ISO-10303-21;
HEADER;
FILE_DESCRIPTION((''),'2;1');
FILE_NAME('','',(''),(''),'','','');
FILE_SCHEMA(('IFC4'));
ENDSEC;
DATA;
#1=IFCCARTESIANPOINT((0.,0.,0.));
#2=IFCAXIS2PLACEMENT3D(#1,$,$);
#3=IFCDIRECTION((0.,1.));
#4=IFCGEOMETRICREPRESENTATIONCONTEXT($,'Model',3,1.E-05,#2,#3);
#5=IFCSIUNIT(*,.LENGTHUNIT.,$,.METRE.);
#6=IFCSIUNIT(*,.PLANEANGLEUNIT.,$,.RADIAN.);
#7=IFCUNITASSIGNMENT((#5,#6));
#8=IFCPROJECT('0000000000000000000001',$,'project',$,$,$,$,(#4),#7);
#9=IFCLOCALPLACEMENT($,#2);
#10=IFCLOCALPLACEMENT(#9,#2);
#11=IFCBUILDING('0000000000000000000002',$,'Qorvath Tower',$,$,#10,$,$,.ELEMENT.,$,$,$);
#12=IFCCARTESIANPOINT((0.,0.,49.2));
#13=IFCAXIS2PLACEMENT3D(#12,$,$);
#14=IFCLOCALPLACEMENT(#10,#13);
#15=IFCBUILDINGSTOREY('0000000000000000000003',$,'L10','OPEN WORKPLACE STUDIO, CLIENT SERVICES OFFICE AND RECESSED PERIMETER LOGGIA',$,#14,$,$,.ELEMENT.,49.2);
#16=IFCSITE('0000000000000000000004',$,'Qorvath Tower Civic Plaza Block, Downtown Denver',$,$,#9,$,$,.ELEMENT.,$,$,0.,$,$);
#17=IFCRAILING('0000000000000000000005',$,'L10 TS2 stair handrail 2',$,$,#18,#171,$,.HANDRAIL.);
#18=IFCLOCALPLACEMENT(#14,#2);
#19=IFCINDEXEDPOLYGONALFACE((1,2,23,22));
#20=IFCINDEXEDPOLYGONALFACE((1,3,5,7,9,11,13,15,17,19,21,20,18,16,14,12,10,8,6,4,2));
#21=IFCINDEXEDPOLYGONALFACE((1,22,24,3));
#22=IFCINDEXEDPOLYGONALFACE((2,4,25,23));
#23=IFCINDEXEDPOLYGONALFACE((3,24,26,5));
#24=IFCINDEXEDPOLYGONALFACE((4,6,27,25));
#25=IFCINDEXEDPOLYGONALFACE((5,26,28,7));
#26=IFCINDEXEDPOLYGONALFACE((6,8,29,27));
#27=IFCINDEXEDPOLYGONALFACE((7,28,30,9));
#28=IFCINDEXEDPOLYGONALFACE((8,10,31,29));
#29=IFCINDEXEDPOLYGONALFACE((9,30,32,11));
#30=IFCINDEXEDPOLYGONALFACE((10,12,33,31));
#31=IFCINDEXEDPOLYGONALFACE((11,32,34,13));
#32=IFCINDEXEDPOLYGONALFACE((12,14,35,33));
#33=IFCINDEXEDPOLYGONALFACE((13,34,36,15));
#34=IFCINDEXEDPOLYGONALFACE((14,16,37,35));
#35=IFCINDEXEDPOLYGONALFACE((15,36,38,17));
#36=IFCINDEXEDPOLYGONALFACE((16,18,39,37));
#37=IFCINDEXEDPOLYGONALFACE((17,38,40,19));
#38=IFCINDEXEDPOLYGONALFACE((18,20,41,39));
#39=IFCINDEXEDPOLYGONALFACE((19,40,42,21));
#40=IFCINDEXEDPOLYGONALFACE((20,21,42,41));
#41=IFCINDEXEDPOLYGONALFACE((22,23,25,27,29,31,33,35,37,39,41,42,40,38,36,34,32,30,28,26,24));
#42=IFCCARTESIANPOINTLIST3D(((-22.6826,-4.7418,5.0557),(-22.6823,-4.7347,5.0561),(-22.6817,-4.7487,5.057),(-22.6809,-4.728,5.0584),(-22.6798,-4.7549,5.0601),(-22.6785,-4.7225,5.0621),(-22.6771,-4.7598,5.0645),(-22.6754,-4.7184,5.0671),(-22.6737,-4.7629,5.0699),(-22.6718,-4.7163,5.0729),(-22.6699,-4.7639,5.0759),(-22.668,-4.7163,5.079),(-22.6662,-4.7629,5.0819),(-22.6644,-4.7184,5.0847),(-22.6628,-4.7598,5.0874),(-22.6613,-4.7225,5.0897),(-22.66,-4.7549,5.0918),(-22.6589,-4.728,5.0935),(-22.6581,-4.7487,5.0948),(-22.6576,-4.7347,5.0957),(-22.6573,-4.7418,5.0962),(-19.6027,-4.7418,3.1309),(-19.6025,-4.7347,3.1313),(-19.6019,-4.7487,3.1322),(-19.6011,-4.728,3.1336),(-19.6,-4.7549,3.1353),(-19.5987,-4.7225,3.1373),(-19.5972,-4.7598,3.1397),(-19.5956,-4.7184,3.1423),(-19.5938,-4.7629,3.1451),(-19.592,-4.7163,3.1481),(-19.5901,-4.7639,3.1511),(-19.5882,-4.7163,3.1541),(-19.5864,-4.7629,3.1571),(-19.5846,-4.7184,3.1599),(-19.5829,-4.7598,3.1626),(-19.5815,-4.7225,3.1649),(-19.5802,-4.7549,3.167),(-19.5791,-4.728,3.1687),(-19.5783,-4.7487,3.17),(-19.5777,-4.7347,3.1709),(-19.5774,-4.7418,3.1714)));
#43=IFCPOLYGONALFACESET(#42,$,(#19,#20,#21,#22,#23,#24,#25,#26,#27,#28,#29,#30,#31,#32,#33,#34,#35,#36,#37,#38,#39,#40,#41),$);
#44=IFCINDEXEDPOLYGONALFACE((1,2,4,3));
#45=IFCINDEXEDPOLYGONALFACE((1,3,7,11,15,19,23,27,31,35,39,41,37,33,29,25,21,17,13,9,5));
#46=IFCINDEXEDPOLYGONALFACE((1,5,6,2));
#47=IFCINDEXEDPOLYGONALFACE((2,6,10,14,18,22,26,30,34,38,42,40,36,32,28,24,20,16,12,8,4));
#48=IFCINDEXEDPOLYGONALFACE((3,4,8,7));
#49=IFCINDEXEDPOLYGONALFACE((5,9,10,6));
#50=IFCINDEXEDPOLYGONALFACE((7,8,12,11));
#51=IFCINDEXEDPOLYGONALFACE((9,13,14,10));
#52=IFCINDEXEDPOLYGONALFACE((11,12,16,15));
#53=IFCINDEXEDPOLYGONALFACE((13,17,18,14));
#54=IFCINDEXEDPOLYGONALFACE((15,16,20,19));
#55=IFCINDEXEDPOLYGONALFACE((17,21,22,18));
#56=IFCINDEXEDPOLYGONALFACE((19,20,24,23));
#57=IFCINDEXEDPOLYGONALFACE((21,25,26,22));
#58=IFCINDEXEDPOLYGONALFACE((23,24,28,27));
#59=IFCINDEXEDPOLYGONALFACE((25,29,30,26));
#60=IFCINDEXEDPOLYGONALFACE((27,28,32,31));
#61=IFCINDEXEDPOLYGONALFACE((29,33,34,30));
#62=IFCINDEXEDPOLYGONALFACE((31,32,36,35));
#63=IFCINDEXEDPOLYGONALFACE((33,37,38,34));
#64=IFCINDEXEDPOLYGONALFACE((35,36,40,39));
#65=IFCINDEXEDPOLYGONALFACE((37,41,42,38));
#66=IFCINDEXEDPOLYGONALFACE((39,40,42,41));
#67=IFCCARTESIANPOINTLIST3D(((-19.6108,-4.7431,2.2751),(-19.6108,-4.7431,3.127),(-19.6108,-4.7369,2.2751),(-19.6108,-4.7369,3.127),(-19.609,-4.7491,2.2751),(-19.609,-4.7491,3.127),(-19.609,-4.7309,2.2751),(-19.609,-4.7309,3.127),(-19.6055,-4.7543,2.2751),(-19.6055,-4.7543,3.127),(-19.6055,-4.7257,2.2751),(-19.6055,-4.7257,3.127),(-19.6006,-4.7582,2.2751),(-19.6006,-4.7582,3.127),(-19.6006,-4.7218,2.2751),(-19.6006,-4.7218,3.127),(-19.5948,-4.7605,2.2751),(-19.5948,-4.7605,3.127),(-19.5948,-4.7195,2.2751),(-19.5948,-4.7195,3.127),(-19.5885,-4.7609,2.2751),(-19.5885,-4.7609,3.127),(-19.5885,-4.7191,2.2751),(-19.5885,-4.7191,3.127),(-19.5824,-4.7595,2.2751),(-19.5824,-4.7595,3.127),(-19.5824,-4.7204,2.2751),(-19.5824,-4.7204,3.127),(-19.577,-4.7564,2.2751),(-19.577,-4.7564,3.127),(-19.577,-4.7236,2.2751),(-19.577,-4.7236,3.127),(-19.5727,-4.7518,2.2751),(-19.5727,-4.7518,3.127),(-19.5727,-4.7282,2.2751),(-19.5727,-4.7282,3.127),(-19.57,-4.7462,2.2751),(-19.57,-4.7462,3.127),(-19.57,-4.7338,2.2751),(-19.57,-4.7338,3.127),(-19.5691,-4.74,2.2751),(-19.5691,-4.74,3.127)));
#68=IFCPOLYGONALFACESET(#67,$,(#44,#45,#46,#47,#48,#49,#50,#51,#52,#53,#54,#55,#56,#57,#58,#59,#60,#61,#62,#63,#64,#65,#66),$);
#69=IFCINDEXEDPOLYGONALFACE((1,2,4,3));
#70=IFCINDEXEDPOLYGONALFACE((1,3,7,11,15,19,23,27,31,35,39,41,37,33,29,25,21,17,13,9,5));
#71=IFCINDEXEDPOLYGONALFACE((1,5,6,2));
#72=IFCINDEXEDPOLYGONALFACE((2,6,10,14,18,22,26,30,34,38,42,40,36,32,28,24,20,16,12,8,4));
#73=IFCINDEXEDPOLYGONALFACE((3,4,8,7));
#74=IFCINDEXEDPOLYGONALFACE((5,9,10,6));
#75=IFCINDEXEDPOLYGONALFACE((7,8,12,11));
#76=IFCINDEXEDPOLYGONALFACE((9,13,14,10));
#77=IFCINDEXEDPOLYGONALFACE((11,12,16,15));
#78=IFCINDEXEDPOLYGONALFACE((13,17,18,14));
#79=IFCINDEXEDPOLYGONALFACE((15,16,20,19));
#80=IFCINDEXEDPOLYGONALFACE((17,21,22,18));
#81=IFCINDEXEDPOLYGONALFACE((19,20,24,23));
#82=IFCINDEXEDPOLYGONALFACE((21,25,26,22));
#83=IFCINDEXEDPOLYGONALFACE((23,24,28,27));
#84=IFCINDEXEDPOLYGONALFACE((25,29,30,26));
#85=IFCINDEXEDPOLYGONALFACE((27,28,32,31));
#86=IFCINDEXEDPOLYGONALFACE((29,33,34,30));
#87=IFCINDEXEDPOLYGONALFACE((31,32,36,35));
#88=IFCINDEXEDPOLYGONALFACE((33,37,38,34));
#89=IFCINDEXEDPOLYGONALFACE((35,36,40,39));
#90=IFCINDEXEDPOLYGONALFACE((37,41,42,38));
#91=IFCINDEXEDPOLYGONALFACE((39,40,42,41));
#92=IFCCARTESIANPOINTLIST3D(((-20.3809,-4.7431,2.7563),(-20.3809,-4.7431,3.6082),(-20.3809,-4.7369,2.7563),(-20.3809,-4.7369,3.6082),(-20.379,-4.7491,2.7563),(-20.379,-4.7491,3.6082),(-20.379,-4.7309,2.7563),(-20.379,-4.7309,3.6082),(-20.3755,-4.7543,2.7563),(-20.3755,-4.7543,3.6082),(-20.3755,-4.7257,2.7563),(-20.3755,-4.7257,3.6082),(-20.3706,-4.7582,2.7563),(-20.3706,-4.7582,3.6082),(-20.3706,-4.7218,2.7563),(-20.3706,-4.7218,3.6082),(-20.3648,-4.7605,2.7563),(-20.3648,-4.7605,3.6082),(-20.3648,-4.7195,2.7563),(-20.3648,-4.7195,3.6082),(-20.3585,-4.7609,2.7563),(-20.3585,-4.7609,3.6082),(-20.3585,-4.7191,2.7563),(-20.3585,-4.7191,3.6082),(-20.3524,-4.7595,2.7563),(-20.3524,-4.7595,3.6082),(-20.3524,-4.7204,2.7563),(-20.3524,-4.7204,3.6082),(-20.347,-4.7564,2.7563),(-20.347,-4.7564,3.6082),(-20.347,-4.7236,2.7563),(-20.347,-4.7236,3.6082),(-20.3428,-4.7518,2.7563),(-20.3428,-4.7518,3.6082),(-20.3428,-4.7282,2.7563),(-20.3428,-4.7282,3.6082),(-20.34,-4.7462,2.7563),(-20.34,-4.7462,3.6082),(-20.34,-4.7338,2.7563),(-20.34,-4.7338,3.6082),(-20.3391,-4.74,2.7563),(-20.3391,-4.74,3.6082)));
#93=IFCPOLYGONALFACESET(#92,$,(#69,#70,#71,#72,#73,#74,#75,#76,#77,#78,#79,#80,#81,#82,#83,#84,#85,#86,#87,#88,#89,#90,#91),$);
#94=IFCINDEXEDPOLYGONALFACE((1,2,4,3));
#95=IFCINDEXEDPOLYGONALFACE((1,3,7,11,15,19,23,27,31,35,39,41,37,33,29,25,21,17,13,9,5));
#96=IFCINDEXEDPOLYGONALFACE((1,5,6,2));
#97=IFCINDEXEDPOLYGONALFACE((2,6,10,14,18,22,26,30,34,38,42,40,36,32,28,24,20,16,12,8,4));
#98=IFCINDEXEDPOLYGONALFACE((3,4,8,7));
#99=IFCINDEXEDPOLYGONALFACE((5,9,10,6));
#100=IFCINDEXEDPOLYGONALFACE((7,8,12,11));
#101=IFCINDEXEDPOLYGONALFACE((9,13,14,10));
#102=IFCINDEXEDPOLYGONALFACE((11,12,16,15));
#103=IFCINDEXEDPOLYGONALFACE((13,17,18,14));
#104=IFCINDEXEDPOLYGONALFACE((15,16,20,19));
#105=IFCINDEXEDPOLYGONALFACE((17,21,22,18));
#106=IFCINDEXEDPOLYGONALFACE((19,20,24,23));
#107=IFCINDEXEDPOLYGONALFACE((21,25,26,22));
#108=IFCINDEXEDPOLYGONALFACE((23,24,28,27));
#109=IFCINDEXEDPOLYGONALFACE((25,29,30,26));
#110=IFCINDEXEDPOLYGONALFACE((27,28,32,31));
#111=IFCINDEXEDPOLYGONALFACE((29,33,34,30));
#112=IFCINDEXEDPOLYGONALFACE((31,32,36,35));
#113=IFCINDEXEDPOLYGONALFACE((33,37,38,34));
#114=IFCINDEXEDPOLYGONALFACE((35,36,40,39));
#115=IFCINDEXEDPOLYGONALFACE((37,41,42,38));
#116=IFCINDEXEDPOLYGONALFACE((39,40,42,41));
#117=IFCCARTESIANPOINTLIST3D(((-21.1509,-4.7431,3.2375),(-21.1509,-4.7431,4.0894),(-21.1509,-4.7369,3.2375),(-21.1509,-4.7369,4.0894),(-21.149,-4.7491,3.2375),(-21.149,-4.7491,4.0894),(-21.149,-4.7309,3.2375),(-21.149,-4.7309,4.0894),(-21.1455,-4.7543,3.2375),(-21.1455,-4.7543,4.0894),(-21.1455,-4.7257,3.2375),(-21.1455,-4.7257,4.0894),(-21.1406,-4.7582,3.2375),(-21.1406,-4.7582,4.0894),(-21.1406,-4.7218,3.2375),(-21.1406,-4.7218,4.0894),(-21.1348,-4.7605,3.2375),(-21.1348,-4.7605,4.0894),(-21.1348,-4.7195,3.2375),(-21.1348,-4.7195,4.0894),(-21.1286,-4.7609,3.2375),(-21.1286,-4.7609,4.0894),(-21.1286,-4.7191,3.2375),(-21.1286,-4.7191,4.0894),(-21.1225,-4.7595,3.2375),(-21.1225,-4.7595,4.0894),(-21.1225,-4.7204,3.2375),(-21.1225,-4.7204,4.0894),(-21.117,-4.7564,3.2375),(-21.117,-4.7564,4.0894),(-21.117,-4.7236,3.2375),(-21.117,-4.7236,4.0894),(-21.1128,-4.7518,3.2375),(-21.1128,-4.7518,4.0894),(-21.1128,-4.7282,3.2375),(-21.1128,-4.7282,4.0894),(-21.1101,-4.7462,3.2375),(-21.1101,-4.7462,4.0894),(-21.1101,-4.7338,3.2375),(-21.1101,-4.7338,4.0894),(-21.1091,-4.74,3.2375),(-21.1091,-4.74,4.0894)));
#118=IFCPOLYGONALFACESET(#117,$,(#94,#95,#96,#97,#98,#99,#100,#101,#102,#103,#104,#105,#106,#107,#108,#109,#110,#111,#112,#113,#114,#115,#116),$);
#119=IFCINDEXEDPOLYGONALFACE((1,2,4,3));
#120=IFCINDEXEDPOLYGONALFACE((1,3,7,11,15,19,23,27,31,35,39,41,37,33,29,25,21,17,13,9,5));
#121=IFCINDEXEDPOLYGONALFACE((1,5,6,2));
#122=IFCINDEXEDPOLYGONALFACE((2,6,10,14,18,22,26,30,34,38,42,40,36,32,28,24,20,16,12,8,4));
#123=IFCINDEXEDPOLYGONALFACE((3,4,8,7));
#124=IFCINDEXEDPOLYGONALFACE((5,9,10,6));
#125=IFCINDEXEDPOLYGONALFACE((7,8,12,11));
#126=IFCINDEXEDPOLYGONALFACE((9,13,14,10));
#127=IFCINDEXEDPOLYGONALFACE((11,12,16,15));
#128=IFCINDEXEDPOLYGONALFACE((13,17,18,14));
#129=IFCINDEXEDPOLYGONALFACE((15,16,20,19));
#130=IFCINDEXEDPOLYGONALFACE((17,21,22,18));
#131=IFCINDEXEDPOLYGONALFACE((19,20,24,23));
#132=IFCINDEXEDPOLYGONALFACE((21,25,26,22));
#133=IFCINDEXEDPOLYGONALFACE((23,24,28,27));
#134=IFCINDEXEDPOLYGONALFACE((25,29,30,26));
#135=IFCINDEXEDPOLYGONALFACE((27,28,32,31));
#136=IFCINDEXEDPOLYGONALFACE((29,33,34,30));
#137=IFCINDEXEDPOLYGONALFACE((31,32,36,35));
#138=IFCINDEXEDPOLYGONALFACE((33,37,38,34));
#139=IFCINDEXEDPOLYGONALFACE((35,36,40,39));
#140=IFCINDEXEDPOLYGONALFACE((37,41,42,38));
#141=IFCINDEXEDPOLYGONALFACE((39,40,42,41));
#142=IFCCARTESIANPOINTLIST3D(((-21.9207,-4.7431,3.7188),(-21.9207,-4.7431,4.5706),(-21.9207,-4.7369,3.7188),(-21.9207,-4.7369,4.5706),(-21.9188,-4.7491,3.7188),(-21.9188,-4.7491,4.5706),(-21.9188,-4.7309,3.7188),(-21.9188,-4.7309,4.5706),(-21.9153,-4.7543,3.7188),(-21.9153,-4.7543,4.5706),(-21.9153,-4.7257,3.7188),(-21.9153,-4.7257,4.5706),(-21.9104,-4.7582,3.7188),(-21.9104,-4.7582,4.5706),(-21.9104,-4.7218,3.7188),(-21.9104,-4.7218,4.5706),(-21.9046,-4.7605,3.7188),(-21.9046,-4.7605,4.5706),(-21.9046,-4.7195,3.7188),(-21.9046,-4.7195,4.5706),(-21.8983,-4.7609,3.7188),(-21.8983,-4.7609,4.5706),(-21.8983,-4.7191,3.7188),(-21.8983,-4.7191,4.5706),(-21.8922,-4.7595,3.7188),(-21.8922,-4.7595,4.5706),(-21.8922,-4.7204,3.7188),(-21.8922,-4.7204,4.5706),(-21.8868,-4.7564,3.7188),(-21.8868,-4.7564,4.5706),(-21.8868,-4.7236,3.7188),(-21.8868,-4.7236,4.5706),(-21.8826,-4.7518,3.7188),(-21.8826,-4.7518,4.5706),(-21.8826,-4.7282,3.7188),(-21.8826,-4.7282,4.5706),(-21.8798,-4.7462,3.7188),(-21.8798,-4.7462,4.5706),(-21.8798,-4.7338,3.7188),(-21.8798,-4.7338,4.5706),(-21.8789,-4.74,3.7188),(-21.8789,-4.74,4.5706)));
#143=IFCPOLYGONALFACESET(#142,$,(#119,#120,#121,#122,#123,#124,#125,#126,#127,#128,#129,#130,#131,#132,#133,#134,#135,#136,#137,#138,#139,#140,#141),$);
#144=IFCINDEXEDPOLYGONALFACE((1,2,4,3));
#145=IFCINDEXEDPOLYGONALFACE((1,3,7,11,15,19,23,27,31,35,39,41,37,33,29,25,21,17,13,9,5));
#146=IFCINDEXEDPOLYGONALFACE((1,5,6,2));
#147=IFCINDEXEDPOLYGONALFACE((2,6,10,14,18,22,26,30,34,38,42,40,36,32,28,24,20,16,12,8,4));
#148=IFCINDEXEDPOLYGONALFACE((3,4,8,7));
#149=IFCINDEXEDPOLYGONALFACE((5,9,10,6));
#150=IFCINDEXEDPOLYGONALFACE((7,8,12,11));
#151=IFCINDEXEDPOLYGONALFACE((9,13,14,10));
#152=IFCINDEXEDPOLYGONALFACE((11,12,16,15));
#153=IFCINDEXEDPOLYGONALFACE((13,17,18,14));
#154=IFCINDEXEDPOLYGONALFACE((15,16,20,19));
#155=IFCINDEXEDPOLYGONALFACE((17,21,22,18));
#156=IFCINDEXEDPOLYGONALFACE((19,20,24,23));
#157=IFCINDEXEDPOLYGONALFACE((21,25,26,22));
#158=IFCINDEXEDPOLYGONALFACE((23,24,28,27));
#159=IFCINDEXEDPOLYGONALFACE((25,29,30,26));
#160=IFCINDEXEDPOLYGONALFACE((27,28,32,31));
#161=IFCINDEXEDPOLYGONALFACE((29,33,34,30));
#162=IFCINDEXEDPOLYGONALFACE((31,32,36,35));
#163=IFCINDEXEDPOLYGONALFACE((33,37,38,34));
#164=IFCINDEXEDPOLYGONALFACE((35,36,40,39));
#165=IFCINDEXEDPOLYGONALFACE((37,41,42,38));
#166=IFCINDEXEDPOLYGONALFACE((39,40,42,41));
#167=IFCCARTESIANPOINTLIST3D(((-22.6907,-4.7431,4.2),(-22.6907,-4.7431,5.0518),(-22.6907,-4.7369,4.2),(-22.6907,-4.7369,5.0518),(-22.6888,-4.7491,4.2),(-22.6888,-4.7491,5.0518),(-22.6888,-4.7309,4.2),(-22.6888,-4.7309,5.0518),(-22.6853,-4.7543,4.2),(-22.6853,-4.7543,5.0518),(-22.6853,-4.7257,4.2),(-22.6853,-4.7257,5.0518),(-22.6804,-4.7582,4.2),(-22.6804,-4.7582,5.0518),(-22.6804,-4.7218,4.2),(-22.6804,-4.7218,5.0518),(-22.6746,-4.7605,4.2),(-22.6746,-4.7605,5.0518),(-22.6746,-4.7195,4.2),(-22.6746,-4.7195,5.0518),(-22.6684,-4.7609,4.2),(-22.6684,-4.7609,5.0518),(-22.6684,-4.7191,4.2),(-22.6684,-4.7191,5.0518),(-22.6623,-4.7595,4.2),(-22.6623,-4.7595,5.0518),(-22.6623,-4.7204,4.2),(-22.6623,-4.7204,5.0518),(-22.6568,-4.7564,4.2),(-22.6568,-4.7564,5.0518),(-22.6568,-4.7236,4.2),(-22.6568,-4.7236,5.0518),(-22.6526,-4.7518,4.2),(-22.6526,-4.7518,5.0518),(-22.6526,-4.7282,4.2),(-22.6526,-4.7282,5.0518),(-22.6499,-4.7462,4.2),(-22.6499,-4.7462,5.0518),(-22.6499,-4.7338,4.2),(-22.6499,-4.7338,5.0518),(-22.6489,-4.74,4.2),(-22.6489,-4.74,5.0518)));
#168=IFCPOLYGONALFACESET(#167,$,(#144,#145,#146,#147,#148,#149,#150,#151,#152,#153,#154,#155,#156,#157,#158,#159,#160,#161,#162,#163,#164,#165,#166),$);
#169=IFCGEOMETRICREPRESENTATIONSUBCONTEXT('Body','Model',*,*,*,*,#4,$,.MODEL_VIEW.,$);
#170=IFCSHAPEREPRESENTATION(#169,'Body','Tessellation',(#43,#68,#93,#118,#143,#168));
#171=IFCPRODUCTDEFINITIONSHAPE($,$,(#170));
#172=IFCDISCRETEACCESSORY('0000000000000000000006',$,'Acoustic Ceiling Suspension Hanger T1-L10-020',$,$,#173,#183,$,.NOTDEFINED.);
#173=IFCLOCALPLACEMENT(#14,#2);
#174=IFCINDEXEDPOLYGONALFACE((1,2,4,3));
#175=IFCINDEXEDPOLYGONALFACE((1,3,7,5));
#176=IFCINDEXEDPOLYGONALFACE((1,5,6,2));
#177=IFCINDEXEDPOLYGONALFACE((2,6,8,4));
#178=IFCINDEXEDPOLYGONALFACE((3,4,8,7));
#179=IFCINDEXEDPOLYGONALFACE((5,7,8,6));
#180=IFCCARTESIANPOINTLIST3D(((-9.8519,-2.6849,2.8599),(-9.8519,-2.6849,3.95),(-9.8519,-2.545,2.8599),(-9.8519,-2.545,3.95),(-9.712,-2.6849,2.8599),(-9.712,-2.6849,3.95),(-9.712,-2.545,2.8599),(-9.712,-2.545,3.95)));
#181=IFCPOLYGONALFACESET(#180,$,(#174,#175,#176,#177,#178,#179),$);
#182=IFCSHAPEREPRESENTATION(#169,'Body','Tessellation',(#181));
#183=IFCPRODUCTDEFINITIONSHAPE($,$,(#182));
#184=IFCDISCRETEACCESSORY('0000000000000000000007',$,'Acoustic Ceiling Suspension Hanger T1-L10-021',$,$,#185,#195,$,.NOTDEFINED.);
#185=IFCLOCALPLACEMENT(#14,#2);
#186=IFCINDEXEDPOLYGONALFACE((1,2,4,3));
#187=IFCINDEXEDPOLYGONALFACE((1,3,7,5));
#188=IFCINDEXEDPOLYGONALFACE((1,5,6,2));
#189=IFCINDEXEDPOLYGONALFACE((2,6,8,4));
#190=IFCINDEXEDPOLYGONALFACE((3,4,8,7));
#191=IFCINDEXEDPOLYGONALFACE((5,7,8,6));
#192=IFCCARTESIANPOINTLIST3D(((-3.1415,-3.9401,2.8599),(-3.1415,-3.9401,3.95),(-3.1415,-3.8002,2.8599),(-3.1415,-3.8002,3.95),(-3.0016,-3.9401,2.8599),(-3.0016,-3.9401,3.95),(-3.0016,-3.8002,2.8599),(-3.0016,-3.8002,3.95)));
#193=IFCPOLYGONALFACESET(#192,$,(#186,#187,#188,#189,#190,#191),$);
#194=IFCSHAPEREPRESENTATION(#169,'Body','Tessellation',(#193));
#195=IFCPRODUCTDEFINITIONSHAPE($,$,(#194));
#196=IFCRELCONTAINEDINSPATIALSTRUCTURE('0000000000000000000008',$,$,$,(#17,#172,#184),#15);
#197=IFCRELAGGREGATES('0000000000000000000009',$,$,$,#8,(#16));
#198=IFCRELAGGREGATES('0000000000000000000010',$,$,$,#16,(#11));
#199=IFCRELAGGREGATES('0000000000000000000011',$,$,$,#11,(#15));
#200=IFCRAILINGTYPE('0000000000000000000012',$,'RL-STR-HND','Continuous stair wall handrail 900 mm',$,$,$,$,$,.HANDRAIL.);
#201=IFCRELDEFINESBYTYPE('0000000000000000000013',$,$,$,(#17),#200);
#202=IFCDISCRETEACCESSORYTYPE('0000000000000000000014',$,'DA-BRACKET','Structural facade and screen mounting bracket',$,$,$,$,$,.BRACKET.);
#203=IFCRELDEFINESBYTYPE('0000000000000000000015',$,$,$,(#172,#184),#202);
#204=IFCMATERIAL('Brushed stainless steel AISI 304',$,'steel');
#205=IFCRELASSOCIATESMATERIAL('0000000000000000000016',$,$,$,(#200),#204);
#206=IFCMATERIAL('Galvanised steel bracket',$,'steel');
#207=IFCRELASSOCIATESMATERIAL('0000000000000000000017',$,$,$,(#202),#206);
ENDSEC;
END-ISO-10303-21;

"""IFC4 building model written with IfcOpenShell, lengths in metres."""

from ifc_helpers import new_model, si_unit, direction, frame, origin, origin_2d, place, context, subcontext, project, spatial, rectangle, circle, extrude, material, type_object, element, save


model = new_model("IFC4")

# Units and contexts
model_context = context("Model", 3, precision=1e-05, world=origin(), true_north=direction((0.0, 1.0)))
body_context = subcontext(model_context, "Body", "Model", "MODEL_VIEW")
ifc_project = project(units=[si_unit("LENGTHUNIT", "METRE"), si_unit("PLANEANGLEUNIT", "RADIAN")], contexts=[model_context])

# Site, building, storey
site_placement = place(None, origin())
site = spatial("IfcSite", under=ifc_project, at=site_placement, Name="Qorvath Tower Civic Plaza Block, Downtown Denver", CompositionType="ELEMENT", RefElevation=0.0)
building_placement = place(site_placement, origin())
building = spatial("IfcBuilding", under=site, at=building_placement, Name="Qorvath Tower", CompositionType="ELEMENT")
storey_placement = place(building_placement, frame((0.0, 0.0, 49.2)))
storey = spatial("IfcBuildingStorey", under=building, at=storey_placement, Name="L10", Description="OPEN WORKPLACE STUDIO, CLIENT SERVICES OFFICE AND RECESSED PERIMETER LOGGIA", CompositionType="ELEMENT", Elevation=49.2)

# Railing
ifc_material_1 = material(Name="Brushed stainless steel AISI 304", Category="steel")
railing_type_1 = type_object("IfcRailingType", Name="RL-STR-HND", Description="Continuous stair wall handrail 900 mm", PredefinedType="HANDRAIL", material=ifc_material_1)
railing_1_placement = place(storey_placement, frame((-19.5901, -4.74, 2.2751)))
element("IfcRailing", 1, at=railing_1_placement, inside=storey, type_object=railing_type_1, Name="L10 TS2 stair handrail 2", PredefinedType="HANDRAIL", context=body_context, shape_type="SweptSolid", body=[
    extrude(circle(Radius=0.0239, at=origin_2d()), frame((0.0, 0.0, 0.876), z_axis=(-0.84801, 0.0, 0.529981), x_axis=(0.0, -1.0, 0.0)), (0.0, 0.0, 1.0), 3.6318),
    extrude(circle(Radius=0.021, at=origin_2d()), origin(), (0.0, 0.0, 1.0), 0.8518),
    extrude(circle(Radius=0.021, at=origin_2d()), frame((-0.77, 0.0, 0.4812)), (0.0, 0.0, 1.0), 0.8518),
    extrude(circle(Radius=0.021, at=origin_2d()), frame((-1.54, 0.0, 0.9624)), (0.0, 0.0, 1.0), 0.8518),
    extrude(circle(Radius=0.021, at=origin_2d()), frame((-2.3098, 0.0, 1.4436)), (0.0, 0.0, 1.0), 0.8518),
    extrude(circle(Radius=0.021, at=origin_2d()), frame((-3.0798, 0.0, 1.9248)), (0.0, 0.0, 1.0), 0.8518),
])

# Discrete accessories
ifc_material_2 = material(Name="Galvanised steel bracket", Category="steel")
discrete_accessory_type = type_object("IfcDiscreteAccessoryType", Name="DA-BRACKET", Description="Structural facade and screen mounting bracket", PredefinedType="BRACKET", material=ifc_material_2)
for number, where, z_axis, x_axis, name in (
    (2, (-9.782, -2.615, 2.8599), (0.0, 0.0, 1.0), (1.0, 0.0, 0.0), "Acoustic Ceiling Suspension Hanger T1-L10-020"),
    (3, (-3.0715, -3.8701, 2.8599), (0.0, 0.0, 1.0), (1.0, 0.0, 0.0), "Acoustic Ceiling Suspension Hanger T1-L10-021"),
):
    element("IfcDiscreteAccessory", number, at=place(storey_placement, frame(where, z_axis=z_axis, x_axis=x_axis)), inside=storey, type_object=discrete_accessory_type, Name=name, PredefinedType="NOTDEFINED", context=body_context, shape_type="SweptSolid", body=[
        extrude(rectangle(XDim=0.1399, YDim=0.1399, at=origin_2d()), origin(), (0.0, 0.0, 1.0), 1.0901),
    ])

save(model, "model.ifc")
